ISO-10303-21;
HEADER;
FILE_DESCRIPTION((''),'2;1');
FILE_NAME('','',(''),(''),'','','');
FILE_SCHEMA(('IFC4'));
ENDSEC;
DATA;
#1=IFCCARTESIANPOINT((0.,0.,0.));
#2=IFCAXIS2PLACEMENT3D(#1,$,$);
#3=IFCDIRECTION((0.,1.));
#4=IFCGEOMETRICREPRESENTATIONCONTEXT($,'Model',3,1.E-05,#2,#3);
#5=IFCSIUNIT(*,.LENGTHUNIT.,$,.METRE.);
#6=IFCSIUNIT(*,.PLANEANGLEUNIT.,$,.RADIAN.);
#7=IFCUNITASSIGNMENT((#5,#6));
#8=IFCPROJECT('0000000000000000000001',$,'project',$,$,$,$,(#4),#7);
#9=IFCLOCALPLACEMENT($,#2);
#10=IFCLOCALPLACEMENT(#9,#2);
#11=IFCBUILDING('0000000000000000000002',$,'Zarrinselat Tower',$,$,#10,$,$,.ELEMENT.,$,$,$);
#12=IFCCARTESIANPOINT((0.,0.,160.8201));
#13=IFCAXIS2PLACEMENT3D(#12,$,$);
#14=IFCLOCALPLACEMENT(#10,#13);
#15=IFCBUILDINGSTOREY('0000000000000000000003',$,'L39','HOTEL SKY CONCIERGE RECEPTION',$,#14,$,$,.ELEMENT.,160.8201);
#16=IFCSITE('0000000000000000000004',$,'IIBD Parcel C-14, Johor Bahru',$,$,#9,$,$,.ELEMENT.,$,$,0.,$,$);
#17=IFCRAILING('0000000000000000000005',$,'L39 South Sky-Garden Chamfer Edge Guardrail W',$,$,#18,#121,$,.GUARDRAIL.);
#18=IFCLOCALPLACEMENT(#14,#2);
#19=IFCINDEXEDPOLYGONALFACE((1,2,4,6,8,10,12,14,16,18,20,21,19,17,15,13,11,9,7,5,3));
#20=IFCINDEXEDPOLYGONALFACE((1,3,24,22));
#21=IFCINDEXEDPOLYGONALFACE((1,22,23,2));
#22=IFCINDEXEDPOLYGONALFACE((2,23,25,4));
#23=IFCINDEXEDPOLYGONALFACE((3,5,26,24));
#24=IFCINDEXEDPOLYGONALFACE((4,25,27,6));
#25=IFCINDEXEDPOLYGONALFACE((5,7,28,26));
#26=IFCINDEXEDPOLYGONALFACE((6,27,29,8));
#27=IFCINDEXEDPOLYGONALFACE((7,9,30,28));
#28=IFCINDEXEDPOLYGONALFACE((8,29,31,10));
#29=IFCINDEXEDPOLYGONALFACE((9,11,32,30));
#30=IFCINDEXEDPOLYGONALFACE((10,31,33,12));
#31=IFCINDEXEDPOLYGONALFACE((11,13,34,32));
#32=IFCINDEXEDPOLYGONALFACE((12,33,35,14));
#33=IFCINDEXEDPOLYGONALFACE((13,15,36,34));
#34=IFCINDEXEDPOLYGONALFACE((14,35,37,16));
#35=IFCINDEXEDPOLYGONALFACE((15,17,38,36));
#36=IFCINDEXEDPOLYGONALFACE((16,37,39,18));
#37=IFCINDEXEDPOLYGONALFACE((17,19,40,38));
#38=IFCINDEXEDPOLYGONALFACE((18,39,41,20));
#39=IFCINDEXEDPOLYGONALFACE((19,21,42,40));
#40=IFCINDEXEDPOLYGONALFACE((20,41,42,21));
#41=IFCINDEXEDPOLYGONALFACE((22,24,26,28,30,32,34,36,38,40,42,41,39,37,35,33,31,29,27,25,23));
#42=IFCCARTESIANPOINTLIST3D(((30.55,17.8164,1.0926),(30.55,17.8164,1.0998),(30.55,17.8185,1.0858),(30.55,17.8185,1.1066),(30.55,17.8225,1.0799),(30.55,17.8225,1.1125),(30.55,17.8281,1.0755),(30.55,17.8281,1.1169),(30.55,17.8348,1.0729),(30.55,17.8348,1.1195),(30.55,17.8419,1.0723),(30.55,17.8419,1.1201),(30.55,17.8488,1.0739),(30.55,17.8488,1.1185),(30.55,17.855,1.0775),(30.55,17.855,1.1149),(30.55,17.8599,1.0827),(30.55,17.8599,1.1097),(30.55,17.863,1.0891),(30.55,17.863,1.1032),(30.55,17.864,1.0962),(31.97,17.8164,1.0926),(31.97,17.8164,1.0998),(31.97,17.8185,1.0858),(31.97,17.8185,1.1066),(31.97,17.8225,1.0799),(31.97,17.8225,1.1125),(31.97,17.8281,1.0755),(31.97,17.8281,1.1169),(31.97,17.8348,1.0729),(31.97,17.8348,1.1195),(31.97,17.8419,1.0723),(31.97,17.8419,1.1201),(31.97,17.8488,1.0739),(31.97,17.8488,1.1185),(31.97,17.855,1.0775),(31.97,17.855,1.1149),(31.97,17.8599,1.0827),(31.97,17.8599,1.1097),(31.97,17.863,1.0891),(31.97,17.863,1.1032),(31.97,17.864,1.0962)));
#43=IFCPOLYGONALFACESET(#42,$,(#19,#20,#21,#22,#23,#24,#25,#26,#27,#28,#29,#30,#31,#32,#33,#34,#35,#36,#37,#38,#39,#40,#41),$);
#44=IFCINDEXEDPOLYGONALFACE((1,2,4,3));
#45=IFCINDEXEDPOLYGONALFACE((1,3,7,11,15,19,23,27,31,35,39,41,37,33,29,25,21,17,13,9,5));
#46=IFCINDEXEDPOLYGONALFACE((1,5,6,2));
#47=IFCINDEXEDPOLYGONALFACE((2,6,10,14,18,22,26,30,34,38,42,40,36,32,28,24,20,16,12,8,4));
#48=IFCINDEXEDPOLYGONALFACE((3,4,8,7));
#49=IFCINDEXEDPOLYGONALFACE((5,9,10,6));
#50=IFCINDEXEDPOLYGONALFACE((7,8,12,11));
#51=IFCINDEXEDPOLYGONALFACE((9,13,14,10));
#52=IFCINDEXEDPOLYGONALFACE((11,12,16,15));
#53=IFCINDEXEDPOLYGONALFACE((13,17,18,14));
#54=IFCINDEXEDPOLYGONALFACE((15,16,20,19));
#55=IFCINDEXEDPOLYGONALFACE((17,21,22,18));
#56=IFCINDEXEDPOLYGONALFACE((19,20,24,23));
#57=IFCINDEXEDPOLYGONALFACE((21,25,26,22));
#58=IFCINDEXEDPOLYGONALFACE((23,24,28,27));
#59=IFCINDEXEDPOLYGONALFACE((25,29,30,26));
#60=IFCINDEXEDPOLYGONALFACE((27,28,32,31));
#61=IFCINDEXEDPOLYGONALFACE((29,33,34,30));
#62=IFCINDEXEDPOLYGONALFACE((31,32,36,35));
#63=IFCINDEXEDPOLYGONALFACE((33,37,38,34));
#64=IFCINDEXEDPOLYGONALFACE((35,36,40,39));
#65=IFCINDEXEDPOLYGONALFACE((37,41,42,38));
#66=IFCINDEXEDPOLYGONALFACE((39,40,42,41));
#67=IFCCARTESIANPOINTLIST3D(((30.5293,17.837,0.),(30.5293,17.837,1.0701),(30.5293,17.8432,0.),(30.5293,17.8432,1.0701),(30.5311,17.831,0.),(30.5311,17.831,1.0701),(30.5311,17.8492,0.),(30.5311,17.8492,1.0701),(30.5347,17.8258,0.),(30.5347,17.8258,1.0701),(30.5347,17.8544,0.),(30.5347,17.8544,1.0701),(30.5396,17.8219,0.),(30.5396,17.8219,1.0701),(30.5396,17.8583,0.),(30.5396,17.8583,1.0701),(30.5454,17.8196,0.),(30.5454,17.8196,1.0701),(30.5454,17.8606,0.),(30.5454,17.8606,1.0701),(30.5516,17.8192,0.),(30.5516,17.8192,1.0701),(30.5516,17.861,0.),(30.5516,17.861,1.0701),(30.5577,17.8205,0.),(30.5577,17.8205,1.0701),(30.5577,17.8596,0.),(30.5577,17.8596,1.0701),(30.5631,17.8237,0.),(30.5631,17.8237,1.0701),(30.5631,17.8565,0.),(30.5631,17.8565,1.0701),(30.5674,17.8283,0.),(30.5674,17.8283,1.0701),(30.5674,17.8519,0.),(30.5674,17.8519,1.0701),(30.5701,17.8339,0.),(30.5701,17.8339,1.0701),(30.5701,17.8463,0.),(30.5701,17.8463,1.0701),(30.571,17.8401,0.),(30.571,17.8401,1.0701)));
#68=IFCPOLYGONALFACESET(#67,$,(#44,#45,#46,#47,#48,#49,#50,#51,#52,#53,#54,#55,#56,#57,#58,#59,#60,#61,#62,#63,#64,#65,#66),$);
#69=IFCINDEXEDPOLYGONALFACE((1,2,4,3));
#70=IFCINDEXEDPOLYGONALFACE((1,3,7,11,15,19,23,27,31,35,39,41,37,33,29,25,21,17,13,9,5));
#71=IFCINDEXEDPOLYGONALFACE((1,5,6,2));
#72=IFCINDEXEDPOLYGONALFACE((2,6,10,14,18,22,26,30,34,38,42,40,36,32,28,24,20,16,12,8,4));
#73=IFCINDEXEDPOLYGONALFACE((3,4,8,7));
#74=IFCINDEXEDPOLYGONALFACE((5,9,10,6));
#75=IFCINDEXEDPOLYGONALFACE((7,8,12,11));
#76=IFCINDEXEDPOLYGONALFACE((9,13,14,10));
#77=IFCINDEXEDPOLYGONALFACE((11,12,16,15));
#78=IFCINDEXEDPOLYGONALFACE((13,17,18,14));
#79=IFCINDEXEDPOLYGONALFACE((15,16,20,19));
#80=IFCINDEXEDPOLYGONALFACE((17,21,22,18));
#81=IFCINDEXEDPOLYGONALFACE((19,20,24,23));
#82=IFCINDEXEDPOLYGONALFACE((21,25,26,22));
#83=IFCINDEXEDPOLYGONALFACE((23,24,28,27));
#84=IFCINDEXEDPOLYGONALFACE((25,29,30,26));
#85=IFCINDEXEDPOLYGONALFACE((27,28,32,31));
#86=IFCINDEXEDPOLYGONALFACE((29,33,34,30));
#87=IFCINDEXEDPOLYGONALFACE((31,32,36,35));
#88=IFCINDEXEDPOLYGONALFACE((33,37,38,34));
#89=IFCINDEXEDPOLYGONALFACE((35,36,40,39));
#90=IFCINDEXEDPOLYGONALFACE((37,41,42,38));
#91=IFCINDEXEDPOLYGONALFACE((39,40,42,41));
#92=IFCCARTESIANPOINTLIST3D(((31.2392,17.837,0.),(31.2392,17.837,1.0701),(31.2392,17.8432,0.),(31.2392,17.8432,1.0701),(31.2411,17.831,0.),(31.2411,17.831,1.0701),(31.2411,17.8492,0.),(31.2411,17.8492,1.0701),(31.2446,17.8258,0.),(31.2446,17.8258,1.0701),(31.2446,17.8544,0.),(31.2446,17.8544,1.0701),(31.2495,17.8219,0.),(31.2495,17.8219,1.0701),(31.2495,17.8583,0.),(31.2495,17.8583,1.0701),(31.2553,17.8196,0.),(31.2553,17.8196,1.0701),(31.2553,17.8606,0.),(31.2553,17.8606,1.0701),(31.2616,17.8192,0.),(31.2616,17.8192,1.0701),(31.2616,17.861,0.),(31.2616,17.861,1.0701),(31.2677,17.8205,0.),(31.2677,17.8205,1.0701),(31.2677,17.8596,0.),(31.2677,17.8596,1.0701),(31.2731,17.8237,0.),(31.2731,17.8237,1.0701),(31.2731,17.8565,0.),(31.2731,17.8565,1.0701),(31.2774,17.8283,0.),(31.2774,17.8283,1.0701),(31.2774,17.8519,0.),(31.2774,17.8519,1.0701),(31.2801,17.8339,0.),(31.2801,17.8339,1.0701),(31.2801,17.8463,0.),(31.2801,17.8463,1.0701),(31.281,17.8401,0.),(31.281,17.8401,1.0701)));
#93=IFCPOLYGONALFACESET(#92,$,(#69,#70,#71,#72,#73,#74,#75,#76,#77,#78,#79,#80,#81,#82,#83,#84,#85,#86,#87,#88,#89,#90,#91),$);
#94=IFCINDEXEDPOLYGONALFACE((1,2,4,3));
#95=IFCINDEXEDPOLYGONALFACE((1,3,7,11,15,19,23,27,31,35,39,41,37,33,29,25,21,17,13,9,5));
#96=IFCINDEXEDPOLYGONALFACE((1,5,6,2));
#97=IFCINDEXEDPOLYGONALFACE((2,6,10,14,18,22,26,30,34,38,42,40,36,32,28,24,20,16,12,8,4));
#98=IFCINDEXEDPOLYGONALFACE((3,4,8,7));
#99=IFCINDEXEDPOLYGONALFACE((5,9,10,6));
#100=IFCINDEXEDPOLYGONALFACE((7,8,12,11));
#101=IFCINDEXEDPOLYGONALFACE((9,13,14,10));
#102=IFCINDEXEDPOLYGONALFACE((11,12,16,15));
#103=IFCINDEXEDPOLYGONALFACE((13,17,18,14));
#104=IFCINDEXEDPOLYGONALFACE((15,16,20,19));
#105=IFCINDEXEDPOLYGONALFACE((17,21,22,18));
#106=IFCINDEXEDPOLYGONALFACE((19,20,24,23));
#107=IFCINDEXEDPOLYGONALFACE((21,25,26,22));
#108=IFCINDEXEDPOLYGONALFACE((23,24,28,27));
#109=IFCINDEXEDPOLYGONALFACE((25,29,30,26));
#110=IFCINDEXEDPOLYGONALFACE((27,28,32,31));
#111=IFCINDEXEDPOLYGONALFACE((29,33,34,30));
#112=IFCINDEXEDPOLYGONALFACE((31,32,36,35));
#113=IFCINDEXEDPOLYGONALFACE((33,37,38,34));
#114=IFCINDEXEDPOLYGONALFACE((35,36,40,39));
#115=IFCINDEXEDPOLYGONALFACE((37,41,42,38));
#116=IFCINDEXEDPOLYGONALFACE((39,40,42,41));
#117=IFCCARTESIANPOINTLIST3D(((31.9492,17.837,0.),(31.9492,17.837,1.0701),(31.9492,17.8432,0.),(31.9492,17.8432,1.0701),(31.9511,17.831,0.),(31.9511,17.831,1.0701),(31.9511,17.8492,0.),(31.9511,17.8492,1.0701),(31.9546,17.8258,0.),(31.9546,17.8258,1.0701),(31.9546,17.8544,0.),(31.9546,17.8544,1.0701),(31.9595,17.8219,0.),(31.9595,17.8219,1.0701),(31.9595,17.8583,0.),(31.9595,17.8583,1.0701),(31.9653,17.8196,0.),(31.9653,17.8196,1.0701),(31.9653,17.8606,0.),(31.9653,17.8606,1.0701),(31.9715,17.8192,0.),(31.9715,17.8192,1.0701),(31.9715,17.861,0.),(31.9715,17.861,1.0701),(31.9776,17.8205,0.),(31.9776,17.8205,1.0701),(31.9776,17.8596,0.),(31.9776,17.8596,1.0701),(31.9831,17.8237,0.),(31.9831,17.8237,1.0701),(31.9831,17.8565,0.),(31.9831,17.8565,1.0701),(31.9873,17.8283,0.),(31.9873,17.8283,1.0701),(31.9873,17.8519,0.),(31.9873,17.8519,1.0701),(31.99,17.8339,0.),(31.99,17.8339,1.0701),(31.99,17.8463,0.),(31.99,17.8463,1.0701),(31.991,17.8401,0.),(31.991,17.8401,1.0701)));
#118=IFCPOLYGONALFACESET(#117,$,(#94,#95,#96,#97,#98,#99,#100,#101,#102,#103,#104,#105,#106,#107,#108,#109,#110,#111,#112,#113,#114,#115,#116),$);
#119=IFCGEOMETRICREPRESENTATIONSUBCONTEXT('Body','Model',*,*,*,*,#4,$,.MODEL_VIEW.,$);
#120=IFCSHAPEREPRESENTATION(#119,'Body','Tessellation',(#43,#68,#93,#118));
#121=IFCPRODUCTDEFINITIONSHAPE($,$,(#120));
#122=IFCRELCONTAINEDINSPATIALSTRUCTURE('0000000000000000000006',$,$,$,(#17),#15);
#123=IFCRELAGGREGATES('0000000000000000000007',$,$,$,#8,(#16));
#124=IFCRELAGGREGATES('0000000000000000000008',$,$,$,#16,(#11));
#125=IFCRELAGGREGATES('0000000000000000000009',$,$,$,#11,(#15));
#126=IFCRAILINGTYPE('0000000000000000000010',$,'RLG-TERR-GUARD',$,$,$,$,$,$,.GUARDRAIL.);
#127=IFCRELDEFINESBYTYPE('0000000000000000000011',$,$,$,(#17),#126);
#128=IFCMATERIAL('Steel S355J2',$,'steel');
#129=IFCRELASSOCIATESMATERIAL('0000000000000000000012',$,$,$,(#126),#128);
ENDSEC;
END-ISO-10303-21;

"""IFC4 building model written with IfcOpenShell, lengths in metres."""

from ifc_helpers import new_model, si_unit, direction, frame, origin, origin_2d, place, context, subcontext, project, spatial, circle, extrude, material, type_object, element, save


model = new_model("IFC4")

# Units and contexts
model_context = context("Model", 3, precision=1e-05, world=origin(), true_north=direction((0.0, 1.0)))
body_context = subcontext(model_context, "Body", "Model", "MODEL_VIEW")
ifc_project = project(units=[si_unit("LENGTHUNIT", "METRE"), si_unit("PLANEANGLEUNIT", "RADIAN")], contexts=[model_context])

# Site, building, storey
site_placement = place(None, origin())
site = spatial("IfcSite", under=ifc_project, at=site_placement, Name="IIBD Parcel C-14, Johor Bahru", CompositionType="ELEMENT", RefElevation=0.0)
building_placement = place(site_placement, origin())
building = spatial("IfcBuilding", under=site, at=building_placement, Name="Zarrinselat Tower", CompositionType="ELEMENT")
storey_placement = place(building_placement, frame((0.0, 0.0, 160.8201)))
storey = spatial("IfcBuildingStorey", under=building, at=storey_placement, Name="L39", Description="HOTEL SKY CONCIERGE RECEPTION", CompositionType="ELEMENT", Elevation=160.8201)

# Railing
ifc_material_1 = material(Name="Steel S355J2", Category="steel")
railing_type_1 = type_object("IfcRailingType", Name="RLG-TERR-GUARD", PredefinedType="GUARDRAIL", material=ifc_material_1)
railing_1_placement = place(storey_placement, frame((30.55, 17.8401, 0.0)))
element("IfcRailing", 1, at=railing_1_placement, inside=storey, type_object=railing_type_1, Name="L39 South Sky-Garden Chamfer Edge Guardrail W", PredefinedType="GUARDRAIL", context=body_context, shape_type="SweptSolid", body=[
    extrude(circle(Radius=0.0239, at=origin_2d()), frame((0.0, 0.0, 1.0962), z_axis=(1.0, 0.0, 0.0), x_axis=(0.0, 1.0, 0.0)), (0.0, 0.0, 1.0), 1.4199),
    extrude(circle(Radius=0.021, at=origin_2d()), origin(), (0.0, 0.0, 1.0), 1.0701),
    extrude(circle(Radius=0.021, at=origin_2d()), frame((0.71, 0.0, 0.0)), (0.0, 0.0, 1.0), 1.0701),
    extrude(circle(Radius=0.021, at=origin_2d()), frame((1.4199, 0.0, 0.0)), (0.0, 0.0, 1.0), 1.0701),
])

save(model, "model.ifc")
